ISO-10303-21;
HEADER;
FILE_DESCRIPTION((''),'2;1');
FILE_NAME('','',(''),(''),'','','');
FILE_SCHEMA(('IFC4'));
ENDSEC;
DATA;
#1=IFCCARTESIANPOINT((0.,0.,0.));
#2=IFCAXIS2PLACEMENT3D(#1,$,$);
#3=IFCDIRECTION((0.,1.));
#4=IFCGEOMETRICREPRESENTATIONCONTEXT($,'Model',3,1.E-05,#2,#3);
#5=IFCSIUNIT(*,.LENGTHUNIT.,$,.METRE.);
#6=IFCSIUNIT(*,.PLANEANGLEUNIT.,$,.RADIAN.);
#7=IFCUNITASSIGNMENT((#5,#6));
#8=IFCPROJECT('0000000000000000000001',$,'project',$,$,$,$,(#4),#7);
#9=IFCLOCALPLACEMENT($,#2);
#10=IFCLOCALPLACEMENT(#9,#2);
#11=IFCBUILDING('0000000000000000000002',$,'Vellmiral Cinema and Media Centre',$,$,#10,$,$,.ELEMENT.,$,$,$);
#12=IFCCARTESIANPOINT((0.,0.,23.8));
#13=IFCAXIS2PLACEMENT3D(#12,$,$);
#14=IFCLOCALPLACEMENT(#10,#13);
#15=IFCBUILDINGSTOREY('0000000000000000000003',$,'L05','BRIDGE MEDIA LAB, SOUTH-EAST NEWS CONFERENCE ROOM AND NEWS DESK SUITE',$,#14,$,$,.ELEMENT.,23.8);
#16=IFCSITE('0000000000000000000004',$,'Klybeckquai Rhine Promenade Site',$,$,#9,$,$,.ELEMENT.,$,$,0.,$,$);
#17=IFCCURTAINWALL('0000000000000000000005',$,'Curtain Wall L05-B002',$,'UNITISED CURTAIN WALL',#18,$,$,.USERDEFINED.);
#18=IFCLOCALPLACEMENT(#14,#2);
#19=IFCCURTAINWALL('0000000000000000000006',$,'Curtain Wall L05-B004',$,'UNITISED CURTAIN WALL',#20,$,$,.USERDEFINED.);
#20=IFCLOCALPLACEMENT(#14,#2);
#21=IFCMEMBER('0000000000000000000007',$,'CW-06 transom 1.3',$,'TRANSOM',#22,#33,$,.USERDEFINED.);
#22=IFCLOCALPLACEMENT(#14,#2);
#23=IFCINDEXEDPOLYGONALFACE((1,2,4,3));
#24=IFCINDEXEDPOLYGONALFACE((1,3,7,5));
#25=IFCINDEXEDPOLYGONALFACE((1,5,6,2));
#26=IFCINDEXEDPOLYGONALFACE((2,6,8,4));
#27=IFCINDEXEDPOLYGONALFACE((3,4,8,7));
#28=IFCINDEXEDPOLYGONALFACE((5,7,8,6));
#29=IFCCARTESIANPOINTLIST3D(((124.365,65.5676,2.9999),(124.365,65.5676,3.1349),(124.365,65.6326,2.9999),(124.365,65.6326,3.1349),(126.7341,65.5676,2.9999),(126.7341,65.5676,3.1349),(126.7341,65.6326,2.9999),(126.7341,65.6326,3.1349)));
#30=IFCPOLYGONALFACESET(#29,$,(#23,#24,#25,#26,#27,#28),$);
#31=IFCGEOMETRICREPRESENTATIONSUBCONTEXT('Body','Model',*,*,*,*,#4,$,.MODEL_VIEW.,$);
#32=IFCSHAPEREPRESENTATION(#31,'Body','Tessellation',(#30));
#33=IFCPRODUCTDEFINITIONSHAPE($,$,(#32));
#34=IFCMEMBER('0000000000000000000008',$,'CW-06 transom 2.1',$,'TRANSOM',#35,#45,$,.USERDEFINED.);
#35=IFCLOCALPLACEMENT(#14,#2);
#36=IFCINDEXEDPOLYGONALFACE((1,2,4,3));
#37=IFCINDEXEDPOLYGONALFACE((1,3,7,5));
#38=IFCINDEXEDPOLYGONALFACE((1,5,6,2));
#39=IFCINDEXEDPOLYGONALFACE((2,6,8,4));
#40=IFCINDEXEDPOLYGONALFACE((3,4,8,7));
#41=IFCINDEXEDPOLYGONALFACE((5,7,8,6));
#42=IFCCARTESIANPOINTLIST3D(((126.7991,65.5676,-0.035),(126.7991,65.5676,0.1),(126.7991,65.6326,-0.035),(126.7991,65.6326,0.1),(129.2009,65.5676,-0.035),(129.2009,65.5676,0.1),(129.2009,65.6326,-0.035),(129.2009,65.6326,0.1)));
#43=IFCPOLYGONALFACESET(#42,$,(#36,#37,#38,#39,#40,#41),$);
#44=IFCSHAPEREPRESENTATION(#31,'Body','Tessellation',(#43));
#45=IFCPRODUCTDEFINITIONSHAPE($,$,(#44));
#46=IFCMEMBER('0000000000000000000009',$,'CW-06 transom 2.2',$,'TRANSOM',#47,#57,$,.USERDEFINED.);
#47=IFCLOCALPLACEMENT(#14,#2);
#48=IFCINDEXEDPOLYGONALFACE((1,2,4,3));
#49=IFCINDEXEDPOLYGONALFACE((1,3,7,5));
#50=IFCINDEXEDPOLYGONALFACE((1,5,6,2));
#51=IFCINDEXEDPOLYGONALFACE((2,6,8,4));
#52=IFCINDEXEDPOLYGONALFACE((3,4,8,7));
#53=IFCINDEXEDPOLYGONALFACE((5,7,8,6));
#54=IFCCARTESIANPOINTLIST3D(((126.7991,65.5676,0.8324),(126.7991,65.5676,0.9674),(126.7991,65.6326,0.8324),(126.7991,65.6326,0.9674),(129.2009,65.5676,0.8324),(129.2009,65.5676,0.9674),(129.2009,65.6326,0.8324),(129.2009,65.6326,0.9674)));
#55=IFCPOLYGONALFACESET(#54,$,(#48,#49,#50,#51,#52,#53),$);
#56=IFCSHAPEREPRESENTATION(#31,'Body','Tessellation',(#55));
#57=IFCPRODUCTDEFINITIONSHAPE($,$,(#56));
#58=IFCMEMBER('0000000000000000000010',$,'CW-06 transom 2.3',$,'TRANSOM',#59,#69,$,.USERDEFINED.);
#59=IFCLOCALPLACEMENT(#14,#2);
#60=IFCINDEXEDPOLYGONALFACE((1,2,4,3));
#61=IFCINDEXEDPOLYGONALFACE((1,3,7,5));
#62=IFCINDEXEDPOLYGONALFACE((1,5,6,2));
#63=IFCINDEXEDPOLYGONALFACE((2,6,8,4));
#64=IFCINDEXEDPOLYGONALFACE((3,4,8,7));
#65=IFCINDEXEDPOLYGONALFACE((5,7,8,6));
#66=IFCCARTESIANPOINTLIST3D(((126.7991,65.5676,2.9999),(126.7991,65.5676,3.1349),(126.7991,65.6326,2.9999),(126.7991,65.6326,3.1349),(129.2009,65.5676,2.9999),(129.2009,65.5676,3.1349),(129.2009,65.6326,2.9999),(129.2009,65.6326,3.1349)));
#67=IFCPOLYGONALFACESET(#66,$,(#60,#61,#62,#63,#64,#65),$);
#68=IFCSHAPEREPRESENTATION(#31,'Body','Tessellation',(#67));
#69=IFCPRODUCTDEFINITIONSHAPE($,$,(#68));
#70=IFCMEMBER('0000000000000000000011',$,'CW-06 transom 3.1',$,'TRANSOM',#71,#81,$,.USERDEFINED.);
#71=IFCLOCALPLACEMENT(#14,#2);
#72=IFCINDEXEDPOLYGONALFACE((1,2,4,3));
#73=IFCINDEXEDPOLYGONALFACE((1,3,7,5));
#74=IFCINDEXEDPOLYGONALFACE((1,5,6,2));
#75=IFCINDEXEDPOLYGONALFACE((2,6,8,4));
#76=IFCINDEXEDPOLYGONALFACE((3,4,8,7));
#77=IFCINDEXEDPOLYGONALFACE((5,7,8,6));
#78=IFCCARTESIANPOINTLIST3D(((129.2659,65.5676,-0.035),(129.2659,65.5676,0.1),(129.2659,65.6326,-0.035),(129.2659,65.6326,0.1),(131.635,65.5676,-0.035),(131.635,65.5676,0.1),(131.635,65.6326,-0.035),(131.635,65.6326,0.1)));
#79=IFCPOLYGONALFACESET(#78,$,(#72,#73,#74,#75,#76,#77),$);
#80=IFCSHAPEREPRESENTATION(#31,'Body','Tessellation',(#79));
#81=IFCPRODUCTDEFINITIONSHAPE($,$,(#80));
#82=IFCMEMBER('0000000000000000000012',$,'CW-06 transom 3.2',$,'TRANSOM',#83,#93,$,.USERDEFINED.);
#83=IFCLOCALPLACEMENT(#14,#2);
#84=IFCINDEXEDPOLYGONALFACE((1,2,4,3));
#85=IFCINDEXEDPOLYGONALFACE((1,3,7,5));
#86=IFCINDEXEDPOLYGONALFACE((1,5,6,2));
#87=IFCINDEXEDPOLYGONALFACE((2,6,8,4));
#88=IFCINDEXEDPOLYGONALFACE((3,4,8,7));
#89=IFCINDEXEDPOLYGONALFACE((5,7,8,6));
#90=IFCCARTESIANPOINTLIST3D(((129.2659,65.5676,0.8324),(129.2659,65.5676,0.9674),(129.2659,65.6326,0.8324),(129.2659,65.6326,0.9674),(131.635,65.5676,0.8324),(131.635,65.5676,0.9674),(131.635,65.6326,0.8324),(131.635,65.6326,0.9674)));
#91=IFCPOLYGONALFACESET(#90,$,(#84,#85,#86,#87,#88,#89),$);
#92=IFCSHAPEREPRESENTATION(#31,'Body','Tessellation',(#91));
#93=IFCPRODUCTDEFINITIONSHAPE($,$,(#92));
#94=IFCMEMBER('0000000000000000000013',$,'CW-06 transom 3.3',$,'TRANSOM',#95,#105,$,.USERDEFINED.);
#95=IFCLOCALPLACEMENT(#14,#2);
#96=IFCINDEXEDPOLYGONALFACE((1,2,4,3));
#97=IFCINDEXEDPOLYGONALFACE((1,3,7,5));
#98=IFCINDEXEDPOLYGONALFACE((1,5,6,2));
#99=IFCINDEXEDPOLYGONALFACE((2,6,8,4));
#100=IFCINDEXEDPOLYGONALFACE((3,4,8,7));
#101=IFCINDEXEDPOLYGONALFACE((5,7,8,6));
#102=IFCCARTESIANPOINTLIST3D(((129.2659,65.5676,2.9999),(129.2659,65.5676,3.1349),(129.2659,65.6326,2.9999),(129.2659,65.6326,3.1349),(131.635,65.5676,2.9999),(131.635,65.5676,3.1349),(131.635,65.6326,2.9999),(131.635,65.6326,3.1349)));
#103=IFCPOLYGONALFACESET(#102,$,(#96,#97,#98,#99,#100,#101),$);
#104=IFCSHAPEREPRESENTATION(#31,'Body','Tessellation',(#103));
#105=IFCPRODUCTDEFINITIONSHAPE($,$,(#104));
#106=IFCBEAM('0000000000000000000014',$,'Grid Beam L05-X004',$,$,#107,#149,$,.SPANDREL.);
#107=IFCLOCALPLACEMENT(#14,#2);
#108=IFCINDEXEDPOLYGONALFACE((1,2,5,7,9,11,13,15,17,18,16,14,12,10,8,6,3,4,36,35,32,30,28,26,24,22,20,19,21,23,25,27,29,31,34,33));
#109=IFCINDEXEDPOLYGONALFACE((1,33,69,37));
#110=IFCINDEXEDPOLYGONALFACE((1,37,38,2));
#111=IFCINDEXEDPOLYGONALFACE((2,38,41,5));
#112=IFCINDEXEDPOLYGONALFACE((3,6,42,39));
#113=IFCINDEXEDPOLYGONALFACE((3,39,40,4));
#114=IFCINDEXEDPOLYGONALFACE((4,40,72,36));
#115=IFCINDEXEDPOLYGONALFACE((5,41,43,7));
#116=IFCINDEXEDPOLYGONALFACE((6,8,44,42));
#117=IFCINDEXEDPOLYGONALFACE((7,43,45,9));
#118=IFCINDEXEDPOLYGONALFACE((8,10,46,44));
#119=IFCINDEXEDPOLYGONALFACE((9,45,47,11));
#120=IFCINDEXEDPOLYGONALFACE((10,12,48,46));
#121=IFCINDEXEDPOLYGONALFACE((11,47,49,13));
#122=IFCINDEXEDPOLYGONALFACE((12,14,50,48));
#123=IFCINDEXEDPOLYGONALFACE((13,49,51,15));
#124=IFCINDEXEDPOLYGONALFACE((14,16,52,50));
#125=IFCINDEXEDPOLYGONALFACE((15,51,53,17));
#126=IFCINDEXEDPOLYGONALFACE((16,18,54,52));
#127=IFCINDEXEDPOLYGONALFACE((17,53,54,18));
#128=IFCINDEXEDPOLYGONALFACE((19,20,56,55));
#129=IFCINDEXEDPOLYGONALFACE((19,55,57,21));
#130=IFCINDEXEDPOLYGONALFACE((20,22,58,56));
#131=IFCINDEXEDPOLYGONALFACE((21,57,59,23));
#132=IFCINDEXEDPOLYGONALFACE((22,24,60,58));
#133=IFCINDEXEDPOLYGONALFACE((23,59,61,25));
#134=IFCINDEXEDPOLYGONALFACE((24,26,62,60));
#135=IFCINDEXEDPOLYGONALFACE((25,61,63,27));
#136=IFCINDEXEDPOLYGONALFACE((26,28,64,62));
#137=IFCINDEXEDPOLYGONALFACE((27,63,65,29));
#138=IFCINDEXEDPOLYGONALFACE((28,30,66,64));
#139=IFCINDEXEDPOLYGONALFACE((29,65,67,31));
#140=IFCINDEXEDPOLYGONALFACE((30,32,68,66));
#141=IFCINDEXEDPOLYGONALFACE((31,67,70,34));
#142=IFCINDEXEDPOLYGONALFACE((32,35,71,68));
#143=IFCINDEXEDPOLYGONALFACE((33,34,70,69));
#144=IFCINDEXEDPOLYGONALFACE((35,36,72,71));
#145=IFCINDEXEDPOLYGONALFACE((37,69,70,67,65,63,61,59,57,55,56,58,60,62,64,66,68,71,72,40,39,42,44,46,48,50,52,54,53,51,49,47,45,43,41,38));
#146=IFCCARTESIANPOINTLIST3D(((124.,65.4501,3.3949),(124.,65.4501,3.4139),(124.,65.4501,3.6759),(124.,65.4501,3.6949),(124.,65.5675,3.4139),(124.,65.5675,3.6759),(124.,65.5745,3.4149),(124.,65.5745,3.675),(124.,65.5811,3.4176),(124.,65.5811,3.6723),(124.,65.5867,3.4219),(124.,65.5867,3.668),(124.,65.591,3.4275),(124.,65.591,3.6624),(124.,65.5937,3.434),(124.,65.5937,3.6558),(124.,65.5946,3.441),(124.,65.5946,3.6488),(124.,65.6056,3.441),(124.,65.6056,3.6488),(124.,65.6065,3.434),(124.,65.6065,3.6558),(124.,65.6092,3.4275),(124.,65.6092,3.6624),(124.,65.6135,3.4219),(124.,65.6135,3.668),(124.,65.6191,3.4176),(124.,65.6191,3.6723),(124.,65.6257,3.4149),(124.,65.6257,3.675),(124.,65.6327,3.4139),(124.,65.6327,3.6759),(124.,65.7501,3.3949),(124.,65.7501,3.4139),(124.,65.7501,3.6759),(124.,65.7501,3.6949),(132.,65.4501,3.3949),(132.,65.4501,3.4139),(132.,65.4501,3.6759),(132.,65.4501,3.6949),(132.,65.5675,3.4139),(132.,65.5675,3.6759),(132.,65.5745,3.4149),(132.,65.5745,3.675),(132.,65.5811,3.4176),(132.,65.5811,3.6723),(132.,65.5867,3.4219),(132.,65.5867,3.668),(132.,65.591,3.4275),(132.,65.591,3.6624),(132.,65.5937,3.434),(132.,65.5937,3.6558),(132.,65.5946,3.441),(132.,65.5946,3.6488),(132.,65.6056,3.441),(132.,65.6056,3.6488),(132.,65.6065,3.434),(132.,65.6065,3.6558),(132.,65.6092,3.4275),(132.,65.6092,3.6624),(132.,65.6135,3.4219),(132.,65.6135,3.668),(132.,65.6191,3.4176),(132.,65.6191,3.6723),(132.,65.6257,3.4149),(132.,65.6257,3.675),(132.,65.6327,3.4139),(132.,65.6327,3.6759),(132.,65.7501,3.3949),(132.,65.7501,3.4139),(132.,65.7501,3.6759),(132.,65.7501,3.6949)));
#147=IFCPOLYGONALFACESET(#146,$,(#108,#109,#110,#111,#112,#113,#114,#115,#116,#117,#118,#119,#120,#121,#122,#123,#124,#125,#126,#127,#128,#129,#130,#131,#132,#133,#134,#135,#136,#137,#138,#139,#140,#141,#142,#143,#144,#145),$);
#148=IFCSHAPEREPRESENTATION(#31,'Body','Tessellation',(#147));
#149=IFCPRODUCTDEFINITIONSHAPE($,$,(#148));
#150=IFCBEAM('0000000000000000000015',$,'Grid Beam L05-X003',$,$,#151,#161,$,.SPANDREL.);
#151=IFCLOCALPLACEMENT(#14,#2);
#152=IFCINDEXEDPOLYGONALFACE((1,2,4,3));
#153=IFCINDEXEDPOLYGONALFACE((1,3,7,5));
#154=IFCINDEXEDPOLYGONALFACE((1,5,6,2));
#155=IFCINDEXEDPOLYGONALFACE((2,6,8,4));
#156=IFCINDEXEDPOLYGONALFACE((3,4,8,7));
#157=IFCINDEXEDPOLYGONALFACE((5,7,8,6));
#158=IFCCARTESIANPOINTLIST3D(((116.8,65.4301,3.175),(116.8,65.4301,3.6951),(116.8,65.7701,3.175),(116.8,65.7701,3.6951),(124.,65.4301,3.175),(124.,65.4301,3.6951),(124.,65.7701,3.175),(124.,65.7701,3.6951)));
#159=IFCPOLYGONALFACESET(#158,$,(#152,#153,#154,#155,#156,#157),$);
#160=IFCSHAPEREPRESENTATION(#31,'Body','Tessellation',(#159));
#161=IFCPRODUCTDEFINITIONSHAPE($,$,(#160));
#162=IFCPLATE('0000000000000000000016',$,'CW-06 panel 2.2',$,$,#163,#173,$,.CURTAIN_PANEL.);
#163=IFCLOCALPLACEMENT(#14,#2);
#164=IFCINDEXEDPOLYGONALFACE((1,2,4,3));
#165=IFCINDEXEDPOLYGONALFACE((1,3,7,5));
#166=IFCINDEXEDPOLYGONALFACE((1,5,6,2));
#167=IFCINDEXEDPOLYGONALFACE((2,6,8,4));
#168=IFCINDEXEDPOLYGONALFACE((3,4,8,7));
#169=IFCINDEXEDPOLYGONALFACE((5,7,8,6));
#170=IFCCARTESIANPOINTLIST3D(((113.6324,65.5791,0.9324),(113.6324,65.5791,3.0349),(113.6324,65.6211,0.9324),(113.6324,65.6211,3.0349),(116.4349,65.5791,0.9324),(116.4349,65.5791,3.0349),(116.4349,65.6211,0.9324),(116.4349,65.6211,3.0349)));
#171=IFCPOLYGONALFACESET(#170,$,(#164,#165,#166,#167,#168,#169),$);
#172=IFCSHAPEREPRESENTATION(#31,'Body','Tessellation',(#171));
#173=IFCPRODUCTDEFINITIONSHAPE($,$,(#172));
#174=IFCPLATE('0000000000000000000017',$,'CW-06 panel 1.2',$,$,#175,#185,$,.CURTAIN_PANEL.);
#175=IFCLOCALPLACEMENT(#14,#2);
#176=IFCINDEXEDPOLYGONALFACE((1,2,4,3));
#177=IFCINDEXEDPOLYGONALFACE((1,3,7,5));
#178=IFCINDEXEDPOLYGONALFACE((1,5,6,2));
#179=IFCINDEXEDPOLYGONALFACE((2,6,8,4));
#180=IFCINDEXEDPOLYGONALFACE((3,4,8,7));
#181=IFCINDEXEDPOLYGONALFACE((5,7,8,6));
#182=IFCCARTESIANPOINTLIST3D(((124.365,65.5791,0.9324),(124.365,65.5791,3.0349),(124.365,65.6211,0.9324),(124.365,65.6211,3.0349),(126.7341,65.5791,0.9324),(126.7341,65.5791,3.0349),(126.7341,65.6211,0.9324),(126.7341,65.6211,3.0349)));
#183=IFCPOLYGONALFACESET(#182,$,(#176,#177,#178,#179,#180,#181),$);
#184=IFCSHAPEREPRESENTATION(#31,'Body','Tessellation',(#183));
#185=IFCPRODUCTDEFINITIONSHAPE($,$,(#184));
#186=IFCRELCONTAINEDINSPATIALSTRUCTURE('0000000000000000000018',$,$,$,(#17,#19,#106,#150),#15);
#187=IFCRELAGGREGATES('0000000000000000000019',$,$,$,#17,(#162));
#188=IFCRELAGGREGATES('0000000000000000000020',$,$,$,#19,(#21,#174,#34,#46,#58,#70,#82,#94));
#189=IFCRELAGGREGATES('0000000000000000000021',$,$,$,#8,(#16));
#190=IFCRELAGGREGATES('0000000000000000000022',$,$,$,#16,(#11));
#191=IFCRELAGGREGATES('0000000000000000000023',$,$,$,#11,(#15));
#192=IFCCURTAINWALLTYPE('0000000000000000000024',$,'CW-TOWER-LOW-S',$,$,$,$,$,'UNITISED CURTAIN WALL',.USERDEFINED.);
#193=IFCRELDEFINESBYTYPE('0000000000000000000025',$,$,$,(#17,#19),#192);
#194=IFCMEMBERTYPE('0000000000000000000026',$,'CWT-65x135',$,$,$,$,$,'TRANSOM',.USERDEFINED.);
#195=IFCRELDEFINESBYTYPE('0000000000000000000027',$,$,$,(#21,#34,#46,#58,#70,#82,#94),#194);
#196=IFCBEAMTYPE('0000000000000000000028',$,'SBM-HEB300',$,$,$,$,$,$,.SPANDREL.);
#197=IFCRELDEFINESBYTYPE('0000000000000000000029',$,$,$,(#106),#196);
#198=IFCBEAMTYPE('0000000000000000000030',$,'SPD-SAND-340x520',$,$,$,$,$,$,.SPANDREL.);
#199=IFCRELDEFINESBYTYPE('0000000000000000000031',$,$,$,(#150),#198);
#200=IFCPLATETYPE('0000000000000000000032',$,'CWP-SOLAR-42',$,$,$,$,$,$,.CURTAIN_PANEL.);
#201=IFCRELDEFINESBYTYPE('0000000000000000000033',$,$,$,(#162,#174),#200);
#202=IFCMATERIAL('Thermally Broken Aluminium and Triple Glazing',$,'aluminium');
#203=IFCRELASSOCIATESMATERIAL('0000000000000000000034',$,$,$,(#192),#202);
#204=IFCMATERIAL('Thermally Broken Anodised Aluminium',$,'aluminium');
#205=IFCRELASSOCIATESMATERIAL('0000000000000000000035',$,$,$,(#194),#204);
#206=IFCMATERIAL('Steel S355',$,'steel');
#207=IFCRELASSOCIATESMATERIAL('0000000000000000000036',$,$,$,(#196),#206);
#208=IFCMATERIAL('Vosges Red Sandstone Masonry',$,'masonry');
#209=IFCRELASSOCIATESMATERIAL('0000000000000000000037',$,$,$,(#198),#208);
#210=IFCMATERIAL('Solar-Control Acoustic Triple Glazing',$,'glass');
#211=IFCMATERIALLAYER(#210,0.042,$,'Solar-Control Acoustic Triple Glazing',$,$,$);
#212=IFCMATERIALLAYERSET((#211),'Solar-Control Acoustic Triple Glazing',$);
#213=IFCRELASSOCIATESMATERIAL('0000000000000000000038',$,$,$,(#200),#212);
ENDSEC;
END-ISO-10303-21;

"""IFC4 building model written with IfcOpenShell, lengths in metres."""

from ifc_helpers import new_model, si_unit, direction, frame, origin, origin_2d, place, context, subcontext, project, spatial, rectangle, i_section, extrude, material, layer, layer_set, material_profile, profile_set, type_object, element, aggregate, save


model = new_model("IFC4")

# Units and contexts
model_context = context("Model", 3, precision=1e-05, world=origin(), true_north=direction((0.0, 1.0)))
body_context = subcontext(model_context, "Body", "Model", "MODEL_VIEW")
ifc_project = project(units=[si_unit("LENGTHUNIT", "METRE"), si_unit("PLANEANGLEUNIT", "RADIAN")], contexts=[model_context])

# Site, building, storey
site_placement = place(None, origin())
site = spatial("IfcSite", under=ifc_project, at=site_placement, Name="Klybeckquai Rhine Promenade Site", CompositionType="ELEMENT", RefElevation=0.0)
building_placement = place(site_placement, origin())
building = spatial("IfcBuilding", under=site, at=building_placement, Name="Vellmiral Cinema and Media Centre", CompositionType="ELEMENT")
storey_placement = place(building_placement, frame((0.0, 0.0, 23.8)))
storey = spatial("IfcBuildingStorey", under=building, at=storey_placement, Name="L05", Description="BRIDGE MEDIA LAB, SOUTH-EAST NEWS CONFERENCE ROOM AND NEWS DESK SUITE", CompositionType="ELEMENT", Elevation=23.8)

# Curtain walls
ifc_material_1 = material(Name="Thermally Broken Aluminium and Triple Glazing", Category="aluminium")
curtain_wall_type = type_object("IfcCurtainWallType", Name="CW-TOWER-LOW-S", ElementType="UNITISED CURTAIN WALL", PredefinedType="USERDEFINED", material=ifc_material_1)
curtain_wall_1_placement = place(storey_placement, origin())
curtain_wall_1 = element("IfcCurtainWall", 1, at=curtain_wall_1_placement, inside=storey, type_object=curtain_wall_type, Name="Curtain Wall L05-B002", ObjectType="UNITISED CURTAIN WALL", PredefinedType="USERDEFINED")
curtain_wall_2_placement = place(storey_placement, origin())
curtain_wall_2 = element("IfcCurtainWall", 2, at=curtain_wall_2_placement, inside=storey, type_object=curtain_wall_type, Name="Curtain Wall L05-B004", ObjectType="UNITISED CURTAIN WALL", PredefinedType="USERDEFINED")

# Members
ifc_material_2 = material(Name="Thermally Broken Anodised Aluminium", Category="aluminium")
ifc_material_profile_1 = material_profile(ifc_material_2, rectangle(XDim=0.0649, YDim=0.135, at=origin_2d()), Name="MULL 65x135")
ifc_profile_set_1 = profile_set([ifc_material_profile_1], Name="Thermally Broken Anodised Aluminium")
member_type_1 = type_object("IfcMemberType", Name="CWT-65x135", ElementType="TRANSOM", PredefinedType="USERDEFINED", material=ifc_profile_set_1)
member_1_placement = place(storey_placement, frame((124.365, 65.6001, 3.0674), z_axis=(1.0, 0.0, 0.0), x_axis=(0.0, 1.0, 0.0)))
member_1 = element("IfcMember", 3, at=member_1_placement, type_object=member_type_1, Name="CW-06 transom 1.3", ObjectType="TRANSOM", PredefinedType="USERDEFINED", context=body_context, shape_type="SweptSolid", body=[
    extrude(rectangle(XDim=0.0649, YDim=0.135, at=origin_2d()), origin(), (0.0, 0.0, 1.0), 2.3691),
])
member_2_placement = place(storey_placement, frame((126.7991, 65.6001, 0.0325), z_axis=(1.0, 0.0, 0.0), x_axis=(0.0, 1.0, 0.0)))
member_2 = element("IfcMember", 4, at=member_2_placement, type_object=member_type_1, Name="CW-06 transom 2.1", ObjectType="TRANSOM", PredefinedType="USERDEFINED", context=body_context, shape_type="SweptSolid", body=[
    extrude(rectangle(XDim=0.0649, YDim=0.135, at=origin_2d()), origin(), (0.0, 0.0, 1.0), 2.4019),
])
member_3_placement = place(storey_placement, frame((126.7991, 65.6001, 0.8999), z_axis=(1.0, 0.0, 0.0), x_axis=(0.0, 1.0, 0.0)))
member_3 = element("IfcMember", 5, at=member_3_placement, type_object=member_type_1, Name="CW-06 transom 2.2", ObjectType="TRANSOM", PredefinedType="USERDEFINED", context=body_context, shape_type="SweptSolid", body=[
    extrude(rectangle(XDim=0.0649, YDim=0.135, at=origin_2d()), origin(), (0.0, 0.0, 1.0), 2.4019),
])
member_4_placement = place(storey_placement, frame((126.7991, 65.6001, 3.0674), z_axis=(1.0, 0.0, 0.0), x_axis=(0.0, 1.0, 0.0)))
member_4 = element("IfcMember", 6, at=member_4_placement, type_object=member_type_1, Name="CW-06 transom 2.3", ObjectType="TRANSOM", PredefinedType="USERDEFINED", context=body_context, shape_type="SweptSolid", body=[
    extrude(rectangle(XDim=0.0649, YDim=0.135, at=origin_2d()), origin(), (0.0, 0.0, 1.0), 2.4019),
])
member_5_placement = place(storey_placement, frame((129.2659, 65.6001, 0.0325), z_axis=(1.0, 0.0, 0.0), x_axis=(0.0, 1.0, 0.0)))
member_5 = element("IfcMember", 7, at=member_5_placement, type_object=member_type_1, Name="CW-06 transom 3.1", ObjectType="TRANSOM", PredefinedType="USERDEFINED", context=body_context, shape_type="SweptSolid", body=[
    extrude(rectangle(XDim=0.0649, YDim=0.135, at=origin_2d()), origin(), (0.0, 0.0, 1.0), 2.3691),
])
member_6_placement = place(storey_placement, frame((129.2659, 65.6001, 0.8999), z_axis=(1.0, 0.0, 0.0), x_axis=(0.0, 1.0, 0.0)))
member_6 = element("IfcMember", 8, at=member_6_placement, type_object=member_type_1, Name="CW-06 transom 3.2", ObjectType="TRANSOM", PredefinedType="USERDEFINED", context=body_context, shape_type="SweptSolid", body=[
    extrude(rectangle(XDim=0.0649, YDim=0.135, at=origin_2d()), origin(), (0.0, 0.0, 1.0), 2.3691),
])
member_7_placement = place(storey_placement, frame((129.2659, 65.6001, 3.0674), z_axis=(1.0, 0.0, 0.0), x_axis=(0.0, 1.0, 0.0)))
member_7 = element("IfcMember", 9, at=member_7_placement, type_object=member_type_1, Name="CW-06 transom 3.3", ObjectType="TRANSOM", PredefinedType="USERDEFINED", context=body_context, shape_type="SweptSolid", body=[
    extrude(rectangle(XDim=0.0649, YDim=0.135, at=origin_2d()), origin(), (0.0, 0.0, 1.0), 2.3691),
])

# Beams
ifc_material_3 = material(Name="Steel S355", Category="steel")
ifc_material_profile_2 = material_profile(ifc_material_3, i_section(OverallWidth=0.3, OverallDepth=0.3, WebThickness=0.011, FlangeThickness=0.019, FilletRadius=0.0271, at=origin_2d()), Name="HEB 300")
ifc_profile_set_2 = profile_set([ifc_material_profile_2], Name="Steel S355")
beam_type_1 = type_object("IfcBeamType", Name="SBM-HEB300", PredefinedType="SPANDREL", material=ifc_profile_set_2)
beam_1_placement = place(storey_placement, frame((124.0, 65.6001, 3.5449), z_axis=(1.0, 0.0, 0.0), x_axis=(0.0, 1.0, 0.0)))
element("IfcBeam", 10, at=beam_1_placement, inside=storey, type_object=beam_type_1, Name="Grid Beam L05-X004", PredefinedType="SPANDREL", context=body_context, shape_type="SweptSolid", body=[
    extrude(i_section(OverallWidth=0.3, OverallDepth=0.3, WebThickness=0.011, FlangeThickness=0.019, FilletRadius=0.0271, at=origin_2d()), origin(), (0.0, 0.0, 1.0), 8.0),
])
ifc_material_4 = material(Name="Vosges Red Sandstone Masonry", Category="masonry")
ifc_material_profile_3 = material_profile(ifc_material_4, rectangle(XDim=0.3401, YDim=0.52, at=origin_2d()), Name="SAND 340x520")
ifc_profile_set_3 = profile_set([ifc_material_profile_3], Name="Vosges Red Sandstone Masonry")
beam_type_2 = type_object("IfcBeamType", Name="SPD-SAND-340x520", PredefinedType="SPANDREL", material=ifc_profile_set_3)
beam_2_placement = place(storey_placement, frame((116.8, 65.6001, 3.4351), z_axis=(1.0, 0.0, 0.0), x_axis=(0.0, 1.0, 0.0)))
element("IfcBeam", 11, at=beam_2_placement, inside=storey, type_object=beam_type_2, Name="Grid Beam L05-X003", PredefinedType="SPANDREL", context=body_context, shape_type="SweptSolid", body=[
    extrude(rectangle(XDim=0.3401, YDim=0.52, at=origin_2d()), origin(), (0.0, 0.0, 1.0), 7.2),
])

# Plates
ifc_material_5 = material(Name="Solar-Control Acoustic Triple Glazing", Category="glass")
ifc_layer_1 = layer(ifc_material_5, 0.042, Name="Solar-Control Acoustic Triple Glazing")
ifc_layer_set_1 = layer_set([ifc_layer_1], Name="Solar-Control Acoustic Triple Glazing")
plate_type_1 = type_object("IfcPlateType", Name="CWP-SOLAR-42", PredefinedType="CURTAIN_PANEL", material=ifc_layer_set_1)
plate_1_placement = place(storey_placement, frame((115.0337, 65.6001, 0.9324), z_axis=(0.0, 0.0, 1.0), x_axis=(1.0, 0.0, 0.0)))
plate_1 = element("IfcPlate", 12, at=plate_1_placement, type_object=plate_type_1, Name="CW-06 panel 2.2", PredefinedType="CURTAIN_PANEL", context=body_context, shape_type="SweptSolid", body=[
    extrude(rectangle(XDim=2.8025, YDim=0.042, at=origin_2d()), origin(), (0.0, 0.0, 1.0), 2.1025),
])
plate_2_placement = place(storey_placement, frame((125.5496, 65.6001, 0.9324), z_axis=(0.0, 0.0, 1.0), x_axis=(1.0, 0.0, 0.0)))
plate_2 = element("IfcPlate", 13, at=plate_2_placement, type_object=plate_type_1, Name="CW-06 panel 1.2", PredefinedType="CURTAIN_PANEL", context=body_context, shape_type="SweptSolid", body=[
    extrude(rectangle(XDim=2.3691, YDim=0.042, at=origin_2d()), origin(), (0.0, 0.0, 1.0), 2.1025),
])
aggregate(curtain_wall_1, [plate_1])
aggregate(curtain_wall_2, [member_1, plate_2, member_2, member_3, member_4, member_5, member_6, member_7])

save(model, "model.ifc")
